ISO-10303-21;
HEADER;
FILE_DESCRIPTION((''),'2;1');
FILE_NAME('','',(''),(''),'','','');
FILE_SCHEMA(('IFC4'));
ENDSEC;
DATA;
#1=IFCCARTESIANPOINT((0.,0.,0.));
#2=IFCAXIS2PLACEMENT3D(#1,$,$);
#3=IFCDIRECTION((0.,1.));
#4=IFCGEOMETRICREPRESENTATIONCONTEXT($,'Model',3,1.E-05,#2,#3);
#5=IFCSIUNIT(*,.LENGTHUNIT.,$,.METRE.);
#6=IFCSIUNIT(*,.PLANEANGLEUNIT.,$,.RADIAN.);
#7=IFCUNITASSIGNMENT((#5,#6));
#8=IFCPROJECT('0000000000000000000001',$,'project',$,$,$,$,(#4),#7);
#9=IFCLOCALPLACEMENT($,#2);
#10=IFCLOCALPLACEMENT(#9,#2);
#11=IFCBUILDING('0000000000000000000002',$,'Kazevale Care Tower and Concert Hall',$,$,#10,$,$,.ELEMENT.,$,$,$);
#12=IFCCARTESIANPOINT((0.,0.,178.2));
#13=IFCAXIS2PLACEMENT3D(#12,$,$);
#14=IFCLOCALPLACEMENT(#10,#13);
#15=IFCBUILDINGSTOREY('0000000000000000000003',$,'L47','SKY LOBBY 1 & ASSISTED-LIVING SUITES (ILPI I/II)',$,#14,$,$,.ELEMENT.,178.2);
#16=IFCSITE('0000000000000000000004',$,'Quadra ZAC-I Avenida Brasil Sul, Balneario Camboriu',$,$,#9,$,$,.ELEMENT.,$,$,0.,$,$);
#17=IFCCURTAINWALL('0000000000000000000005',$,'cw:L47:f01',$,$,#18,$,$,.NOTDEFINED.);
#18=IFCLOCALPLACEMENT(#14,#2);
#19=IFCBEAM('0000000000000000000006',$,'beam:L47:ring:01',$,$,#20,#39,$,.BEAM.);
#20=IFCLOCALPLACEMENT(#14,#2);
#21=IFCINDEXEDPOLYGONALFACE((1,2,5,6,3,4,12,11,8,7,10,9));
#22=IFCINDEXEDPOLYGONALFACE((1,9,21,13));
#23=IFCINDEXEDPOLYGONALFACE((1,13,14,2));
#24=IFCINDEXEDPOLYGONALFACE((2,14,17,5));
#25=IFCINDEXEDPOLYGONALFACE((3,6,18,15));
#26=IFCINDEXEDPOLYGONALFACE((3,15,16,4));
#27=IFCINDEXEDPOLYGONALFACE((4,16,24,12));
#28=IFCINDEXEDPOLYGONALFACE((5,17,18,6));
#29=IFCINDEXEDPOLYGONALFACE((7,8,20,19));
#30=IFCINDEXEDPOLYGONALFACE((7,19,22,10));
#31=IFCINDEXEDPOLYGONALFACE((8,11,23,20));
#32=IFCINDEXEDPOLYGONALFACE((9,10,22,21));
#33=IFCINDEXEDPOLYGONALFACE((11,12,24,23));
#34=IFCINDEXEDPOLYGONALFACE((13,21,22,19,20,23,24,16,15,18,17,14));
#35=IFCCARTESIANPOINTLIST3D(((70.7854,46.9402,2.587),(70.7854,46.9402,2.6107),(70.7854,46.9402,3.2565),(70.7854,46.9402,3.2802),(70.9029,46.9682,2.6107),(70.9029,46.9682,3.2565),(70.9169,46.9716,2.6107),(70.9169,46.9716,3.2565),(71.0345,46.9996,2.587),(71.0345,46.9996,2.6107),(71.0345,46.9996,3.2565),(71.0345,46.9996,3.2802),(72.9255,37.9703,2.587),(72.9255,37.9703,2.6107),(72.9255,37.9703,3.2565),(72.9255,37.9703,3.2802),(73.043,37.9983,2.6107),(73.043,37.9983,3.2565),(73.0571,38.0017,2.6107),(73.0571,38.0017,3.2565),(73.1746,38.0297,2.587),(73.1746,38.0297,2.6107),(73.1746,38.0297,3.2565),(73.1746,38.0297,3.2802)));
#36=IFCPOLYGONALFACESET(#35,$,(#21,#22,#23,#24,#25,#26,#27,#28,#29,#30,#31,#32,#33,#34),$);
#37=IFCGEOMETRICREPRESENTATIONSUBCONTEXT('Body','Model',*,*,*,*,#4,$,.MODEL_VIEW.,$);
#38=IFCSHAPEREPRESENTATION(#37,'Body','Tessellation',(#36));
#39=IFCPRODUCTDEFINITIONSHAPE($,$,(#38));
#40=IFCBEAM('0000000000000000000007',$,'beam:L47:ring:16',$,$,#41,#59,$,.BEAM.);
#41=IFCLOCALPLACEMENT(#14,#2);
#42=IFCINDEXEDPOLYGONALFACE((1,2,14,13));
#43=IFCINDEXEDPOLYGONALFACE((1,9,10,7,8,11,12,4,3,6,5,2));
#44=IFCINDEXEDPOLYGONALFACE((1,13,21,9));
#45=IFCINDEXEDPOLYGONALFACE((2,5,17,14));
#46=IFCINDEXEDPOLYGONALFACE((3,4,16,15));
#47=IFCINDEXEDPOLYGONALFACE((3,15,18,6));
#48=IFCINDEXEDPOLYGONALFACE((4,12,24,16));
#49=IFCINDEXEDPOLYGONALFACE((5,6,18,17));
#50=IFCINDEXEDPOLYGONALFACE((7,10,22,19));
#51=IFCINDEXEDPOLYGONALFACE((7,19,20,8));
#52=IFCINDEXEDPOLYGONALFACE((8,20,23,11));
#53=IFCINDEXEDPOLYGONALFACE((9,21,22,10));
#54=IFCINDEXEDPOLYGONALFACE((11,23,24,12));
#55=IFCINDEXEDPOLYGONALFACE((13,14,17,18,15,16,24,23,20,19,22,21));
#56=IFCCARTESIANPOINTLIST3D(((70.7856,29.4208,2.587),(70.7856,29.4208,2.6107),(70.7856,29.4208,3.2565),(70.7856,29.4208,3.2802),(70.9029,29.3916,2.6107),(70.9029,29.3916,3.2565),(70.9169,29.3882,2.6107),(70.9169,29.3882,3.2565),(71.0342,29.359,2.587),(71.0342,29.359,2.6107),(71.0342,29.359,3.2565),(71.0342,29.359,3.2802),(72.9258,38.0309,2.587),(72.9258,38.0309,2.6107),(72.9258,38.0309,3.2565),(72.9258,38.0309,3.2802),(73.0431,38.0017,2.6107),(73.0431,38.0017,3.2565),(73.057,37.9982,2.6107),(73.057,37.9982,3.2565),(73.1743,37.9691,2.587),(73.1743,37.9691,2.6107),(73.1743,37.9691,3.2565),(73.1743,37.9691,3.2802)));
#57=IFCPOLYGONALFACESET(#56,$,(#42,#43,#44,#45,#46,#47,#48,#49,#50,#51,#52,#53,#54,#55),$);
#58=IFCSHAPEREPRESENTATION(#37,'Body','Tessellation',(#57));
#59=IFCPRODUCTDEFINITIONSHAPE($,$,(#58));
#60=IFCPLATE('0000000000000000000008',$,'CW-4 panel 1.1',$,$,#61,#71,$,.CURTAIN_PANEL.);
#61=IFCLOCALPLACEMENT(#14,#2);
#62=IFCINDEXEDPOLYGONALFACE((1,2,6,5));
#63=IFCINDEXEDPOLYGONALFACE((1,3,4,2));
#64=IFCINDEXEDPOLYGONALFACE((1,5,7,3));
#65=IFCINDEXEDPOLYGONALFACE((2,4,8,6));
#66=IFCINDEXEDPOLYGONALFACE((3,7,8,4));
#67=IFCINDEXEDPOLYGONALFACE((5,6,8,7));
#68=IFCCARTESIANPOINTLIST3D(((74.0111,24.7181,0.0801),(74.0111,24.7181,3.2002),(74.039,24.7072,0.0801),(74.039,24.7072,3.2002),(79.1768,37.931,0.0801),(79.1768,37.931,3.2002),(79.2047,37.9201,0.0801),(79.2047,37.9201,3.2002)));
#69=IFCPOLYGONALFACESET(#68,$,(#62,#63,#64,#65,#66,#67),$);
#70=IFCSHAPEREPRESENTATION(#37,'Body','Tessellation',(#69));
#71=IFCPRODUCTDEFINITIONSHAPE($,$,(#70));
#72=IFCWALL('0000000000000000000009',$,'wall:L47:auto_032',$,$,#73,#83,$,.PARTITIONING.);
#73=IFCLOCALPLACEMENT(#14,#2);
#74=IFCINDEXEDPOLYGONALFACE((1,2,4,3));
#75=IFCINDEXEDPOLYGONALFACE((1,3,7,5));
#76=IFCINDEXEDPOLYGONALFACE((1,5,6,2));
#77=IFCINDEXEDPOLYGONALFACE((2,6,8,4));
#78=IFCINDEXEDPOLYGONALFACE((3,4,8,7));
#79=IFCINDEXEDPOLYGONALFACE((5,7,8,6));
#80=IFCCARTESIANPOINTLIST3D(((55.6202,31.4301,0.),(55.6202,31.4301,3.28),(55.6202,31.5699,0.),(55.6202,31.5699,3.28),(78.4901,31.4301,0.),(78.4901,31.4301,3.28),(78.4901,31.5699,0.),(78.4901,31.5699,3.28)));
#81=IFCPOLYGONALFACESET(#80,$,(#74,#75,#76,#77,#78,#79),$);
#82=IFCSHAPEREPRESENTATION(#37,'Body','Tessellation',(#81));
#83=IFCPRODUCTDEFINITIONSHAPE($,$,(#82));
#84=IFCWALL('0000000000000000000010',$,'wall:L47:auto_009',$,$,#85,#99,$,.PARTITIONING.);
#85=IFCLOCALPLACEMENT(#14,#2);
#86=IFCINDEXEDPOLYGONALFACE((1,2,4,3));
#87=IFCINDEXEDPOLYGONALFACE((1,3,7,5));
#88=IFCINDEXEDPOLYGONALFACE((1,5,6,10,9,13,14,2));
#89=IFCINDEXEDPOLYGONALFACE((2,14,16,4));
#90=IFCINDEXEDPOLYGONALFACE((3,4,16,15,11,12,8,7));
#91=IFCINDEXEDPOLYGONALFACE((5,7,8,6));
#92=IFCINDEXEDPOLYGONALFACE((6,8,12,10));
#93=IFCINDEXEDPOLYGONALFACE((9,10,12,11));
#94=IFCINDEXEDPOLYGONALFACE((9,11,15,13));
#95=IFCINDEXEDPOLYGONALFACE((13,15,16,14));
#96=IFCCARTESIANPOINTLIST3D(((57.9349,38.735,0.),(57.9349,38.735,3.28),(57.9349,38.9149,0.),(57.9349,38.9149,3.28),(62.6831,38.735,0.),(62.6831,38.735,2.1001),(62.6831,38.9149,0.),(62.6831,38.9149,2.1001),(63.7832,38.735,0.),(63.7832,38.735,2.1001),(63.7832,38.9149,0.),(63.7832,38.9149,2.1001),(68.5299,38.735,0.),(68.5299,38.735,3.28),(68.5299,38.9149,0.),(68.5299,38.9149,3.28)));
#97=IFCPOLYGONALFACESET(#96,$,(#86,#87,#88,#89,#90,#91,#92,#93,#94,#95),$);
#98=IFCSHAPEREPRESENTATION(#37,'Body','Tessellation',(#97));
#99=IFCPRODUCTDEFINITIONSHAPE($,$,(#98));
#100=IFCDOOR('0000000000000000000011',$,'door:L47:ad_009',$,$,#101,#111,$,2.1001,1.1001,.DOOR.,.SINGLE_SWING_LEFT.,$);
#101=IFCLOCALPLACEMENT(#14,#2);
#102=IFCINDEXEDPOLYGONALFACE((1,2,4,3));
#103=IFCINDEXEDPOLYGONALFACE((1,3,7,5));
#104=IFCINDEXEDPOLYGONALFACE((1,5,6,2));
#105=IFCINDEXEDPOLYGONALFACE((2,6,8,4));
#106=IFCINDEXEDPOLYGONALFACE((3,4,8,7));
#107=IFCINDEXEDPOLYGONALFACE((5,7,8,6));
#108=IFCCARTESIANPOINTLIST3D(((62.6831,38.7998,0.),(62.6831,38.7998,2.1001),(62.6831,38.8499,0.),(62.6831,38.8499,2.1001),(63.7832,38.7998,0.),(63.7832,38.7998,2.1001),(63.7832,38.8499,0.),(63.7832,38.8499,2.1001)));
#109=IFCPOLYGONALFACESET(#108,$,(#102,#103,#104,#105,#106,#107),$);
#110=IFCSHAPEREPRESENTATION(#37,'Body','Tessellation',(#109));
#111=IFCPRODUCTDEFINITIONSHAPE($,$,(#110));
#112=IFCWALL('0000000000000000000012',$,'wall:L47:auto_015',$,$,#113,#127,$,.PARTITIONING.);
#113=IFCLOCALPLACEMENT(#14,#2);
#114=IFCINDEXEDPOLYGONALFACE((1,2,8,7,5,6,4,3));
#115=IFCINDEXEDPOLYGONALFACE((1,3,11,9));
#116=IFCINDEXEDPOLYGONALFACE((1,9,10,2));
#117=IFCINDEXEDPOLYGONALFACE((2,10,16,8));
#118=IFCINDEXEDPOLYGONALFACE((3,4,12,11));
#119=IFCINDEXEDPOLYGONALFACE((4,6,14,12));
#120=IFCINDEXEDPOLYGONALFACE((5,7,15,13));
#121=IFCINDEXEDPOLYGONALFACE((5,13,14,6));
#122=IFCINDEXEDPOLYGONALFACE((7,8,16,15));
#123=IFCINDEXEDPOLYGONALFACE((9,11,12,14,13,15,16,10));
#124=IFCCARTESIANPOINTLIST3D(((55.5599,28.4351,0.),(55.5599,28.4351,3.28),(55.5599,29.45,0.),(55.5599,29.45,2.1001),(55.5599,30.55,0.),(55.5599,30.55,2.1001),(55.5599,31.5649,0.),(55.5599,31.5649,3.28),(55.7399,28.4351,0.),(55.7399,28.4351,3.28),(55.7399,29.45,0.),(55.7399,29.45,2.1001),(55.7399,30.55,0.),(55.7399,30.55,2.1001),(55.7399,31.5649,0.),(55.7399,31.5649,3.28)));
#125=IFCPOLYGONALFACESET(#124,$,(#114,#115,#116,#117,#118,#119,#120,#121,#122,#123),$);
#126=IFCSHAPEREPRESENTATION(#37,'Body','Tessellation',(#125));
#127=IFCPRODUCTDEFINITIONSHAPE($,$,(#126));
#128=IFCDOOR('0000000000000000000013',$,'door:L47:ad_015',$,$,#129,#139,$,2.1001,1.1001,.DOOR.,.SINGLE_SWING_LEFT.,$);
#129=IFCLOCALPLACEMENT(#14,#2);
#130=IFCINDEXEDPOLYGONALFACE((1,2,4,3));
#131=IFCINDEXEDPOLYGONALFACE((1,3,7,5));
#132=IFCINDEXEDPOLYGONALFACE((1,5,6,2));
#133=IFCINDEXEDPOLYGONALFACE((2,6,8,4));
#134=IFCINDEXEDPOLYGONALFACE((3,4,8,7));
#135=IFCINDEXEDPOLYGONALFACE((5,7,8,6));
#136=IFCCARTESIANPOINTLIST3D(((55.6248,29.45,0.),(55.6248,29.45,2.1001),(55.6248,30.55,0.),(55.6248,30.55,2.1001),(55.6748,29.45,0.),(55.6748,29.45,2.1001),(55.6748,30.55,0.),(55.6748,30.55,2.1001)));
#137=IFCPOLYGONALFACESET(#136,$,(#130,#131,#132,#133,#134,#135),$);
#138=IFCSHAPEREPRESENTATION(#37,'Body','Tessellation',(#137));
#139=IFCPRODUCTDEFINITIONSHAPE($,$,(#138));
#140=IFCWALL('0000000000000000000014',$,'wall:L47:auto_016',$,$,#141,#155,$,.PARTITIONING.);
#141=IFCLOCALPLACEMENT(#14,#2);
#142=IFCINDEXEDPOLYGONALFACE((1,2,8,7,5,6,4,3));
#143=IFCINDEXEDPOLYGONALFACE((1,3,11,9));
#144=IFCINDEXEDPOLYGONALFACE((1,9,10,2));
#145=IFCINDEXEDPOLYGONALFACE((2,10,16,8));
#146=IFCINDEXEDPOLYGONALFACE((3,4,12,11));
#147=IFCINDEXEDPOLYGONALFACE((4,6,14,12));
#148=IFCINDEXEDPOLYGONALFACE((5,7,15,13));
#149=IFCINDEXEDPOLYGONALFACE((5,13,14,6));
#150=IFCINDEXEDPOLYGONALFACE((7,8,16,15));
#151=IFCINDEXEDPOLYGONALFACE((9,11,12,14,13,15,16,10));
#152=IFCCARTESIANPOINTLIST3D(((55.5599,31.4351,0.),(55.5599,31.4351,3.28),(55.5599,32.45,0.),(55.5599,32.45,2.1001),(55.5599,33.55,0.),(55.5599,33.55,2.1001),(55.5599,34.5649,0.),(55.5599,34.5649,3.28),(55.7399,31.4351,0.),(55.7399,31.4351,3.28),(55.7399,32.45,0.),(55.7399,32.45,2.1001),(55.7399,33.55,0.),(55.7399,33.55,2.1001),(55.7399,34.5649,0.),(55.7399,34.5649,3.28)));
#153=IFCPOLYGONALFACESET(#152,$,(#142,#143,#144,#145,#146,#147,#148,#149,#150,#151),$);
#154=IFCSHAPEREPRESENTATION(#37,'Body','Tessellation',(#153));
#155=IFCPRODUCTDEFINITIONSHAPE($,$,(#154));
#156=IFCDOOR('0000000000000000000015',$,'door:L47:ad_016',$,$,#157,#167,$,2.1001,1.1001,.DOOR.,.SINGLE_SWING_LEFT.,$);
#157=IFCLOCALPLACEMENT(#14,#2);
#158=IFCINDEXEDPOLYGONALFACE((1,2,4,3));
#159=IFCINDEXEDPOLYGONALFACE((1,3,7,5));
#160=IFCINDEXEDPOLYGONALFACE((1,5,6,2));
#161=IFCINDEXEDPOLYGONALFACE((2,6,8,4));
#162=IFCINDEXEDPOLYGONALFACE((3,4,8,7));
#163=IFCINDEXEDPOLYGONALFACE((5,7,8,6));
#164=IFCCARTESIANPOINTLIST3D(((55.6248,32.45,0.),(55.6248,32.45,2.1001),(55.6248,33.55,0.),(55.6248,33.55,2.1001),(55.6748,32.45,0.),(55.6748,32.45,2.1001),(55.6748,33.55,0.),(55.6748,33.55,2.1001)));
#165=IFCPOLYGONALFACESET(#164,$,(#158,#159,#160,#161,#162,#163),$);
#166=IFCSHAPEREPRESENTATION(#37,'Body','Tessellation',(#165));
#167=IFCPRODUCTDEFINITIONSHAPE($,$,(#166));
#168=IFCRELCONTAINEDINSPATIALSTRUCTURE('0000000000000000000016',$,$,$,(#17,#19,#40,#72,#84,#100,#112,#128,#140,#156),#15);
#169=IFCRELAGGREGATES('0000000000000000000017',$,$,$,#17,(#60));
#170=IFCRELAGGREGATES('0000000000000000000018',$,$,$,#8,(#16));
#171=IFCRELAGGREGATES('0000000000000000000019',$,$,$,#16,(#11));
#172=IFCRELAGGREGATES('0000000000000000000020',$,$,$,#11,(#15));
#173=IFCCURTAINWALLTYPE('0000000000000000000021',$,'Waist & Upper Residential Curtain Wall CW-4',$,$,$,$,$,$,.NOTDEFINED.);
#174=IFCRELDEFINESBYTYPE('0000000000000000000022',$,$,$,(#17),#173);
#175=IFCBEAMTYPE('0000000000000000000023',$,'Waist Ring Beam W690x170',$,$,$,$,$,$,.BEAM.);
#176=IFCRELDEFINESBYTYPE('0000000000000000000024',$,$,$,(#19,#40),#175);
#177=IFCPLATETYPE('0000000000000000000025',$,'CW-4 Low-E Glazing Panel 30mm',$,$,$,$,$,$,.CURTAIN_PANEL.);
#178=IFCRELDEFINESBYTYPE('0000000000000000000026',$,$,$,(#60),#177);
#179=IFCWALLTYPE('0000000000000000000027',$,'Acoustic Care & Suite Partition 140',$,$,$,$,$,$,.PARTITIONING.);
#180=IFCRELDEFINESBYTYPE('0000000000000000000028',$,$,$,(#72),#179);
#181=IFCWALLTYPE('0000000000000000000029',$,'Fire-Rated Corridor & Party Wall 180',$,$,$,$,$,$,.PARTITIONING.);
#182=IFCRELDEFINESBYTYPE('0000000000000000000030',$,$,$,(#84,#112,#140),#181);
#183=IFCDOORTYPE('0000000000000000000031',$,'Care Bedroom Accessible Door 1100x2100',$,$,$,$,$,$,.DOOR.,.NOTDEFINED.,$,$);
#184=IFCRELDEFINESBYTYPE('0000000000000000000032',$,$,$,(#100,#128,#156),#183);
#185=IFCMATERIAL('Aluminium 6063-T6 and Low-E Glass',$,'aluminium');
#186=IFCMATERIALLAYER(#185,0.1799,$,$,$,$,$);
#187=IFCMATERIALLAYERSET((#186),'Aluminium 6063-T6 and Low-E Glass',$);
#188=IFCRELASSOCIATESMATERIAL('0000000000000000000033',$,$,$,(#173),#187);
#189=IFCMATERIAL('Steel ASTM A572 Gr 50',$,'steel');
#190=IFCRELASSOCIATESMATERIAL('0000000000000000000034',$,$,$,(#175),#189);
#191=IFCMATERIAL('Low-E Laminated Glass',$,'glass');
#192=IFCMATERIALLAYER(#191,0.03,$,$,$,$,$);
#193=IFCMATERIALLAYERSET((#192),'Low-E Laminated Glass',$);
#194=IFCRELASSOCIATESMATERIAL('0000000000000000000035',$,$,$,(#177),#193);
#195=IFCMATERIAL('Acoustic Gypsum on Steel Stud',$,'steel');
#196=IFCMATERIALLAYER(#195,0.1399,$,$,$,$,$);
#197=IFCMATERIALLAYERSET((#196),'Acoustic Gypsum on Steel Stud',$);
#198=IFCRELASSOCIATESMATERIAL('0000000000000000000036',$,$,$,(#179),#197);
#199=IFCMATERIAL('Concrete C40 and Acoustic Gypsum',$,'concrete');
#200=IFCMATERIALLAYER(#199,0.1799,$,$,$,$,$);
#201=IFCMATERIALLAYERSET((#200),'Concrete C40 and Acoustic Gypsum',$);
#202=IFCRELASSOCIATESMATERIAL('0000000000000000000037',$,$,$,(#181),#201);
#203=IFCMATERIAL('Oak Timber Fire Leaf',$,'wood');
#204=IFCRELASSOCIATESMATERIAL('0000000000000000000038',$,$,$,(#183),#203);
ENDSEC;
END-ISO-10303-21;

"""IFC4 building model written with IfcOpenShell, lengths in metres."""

from ifc_helpers import new_model, si_unit, direction, frame, frame_2d, origin, origin_2d, place, context, subcontext, project, spatial, rectangle, i_section, extrude, material, layer, layer_set, material_profile, profile_set, type_object, element, fill, aggregate, save


model = new_model("IFC4")

# Units and contexts
model_context = context("Model", 3, precision=1e-05, world=origin(), true_north=direction((0.0, 1.0)))
body_context = subcontext(model_context, "Body", "Model", "MODEL_VIEW")
ifc_project = project(units=[si_unit("LENGTHUNIT", "METRE"), si_unit("PLANEANGLEUNIT", "RADIAN")], contexts=[model_context])

# Site, building, storey
site_placement = place(None, origin())
site = spatial("IfcSite", under=ifc_project, at=site_placement, Name="Quadra ZAC-I Avenida Brasil Sul, Balneario Camboriu", CompositionType="ELEMENT", RefElevation=0.0)
building_placement = place(site_placement, origin())
building = spatial("IfcBuilding", under=site, at=building_placement, Name="Kazevale Care Tower and Concert Hall", CompositionType="ELEMENT")
storey_placement = place(building_placement, frame((0.0, 0.0, 178.2)))
storey = spatial("IfcBuildingStorey", under=building, at=storey_placement, Name="L47", Description="SKY LOBBY 1 & ASSISTED-LIVING SUITES (ILPI I/II)", CompositionType="ELEMENT", Elevation=178.2)

# Curtain wall
ifc_material_1 = material(Name="Aluminium 6063-T6 and Low-E Glass", Category="aluminium")
ifc_layer_1 = layer(ifc_material_1, 0.1799)
ifc_layer_set_1 = layer_set([ifc_layer_1], Name="Aluminium 6063-T6 and Low-E Glass")
curtain_wall_type = type_object("IfcCurtainWallType", Name="Waist & Upper Residential Curtain Wall CW-4", PredefinedType="NOTDEFINED", material=ifc_layer_set_1)
curtain_wall_1_placement = place(storey_placement, origin())
curtain_wall_1 = element("IfcCurtainWall", 1, at=curtain_wall_1_placement, inside=storey, type_object=curtain_wall_type, Name="cw:L47:f01", PredefinedType="NOTDEFINED")

# Beams
ifc_material_2 = material(Name="Steel ASTM A572 Gr 50", Category="steel")
ifc_material_profile_1 = material_profile(ifc_material_2, i_section(OverallWidth=0.2561, OverallDepth=0.6931, WebThickness=0.0144, FlangeThickness=0.0237, at=origin_2d()), Name="W690x170")
ifc_profile_set_1 = profile_set([ifc_material_profile_1], Name="Steel ASTM A572 Gr 50")
beam_type_1 = type_object("IfcBeamType", Name="Waist Ring Beam W690x170", PredefinedType="BEAM", material=ifc_profile_set_1)
beam_1_placement = place(storey_placement, frame((73.05, 38.0, 2.9336), z_axis=(-0.232075, 0.972698, 0.0), x_axis=(-0.972698, -0.232075, 0.0)))
element("IfcBeam", 2, at=beam_1_placement, inside=storey, type_object=beam_type_1, Name="beam:L47:ring:01", PredefinedType="BEAM", context=body_context, shape_type="SweptSolid", body=[
    extrude(i_section(OverallWidth=0.2561, OverallDepth=0.6931, WebThickness=0.0144, FlangeThickness=0.0237, at=origin_2d()), origin(), (0.0, 0.0, 1.0), 9.2217),
])
beam_2_placement = place(storey_placement, frame((70.9099, 29.3899, 2.9336), z_axis=(0.241221, 0.97047, 0.0), x_axis=(-0.97047, 0.241221, 0.0)))
element("IfcBeam", 3, at=beam_2_placement, inside=storey, type_object=beam_type_1, Name="beam:L47:ring:16", PredefinedType="BEAM", context=body_context, shape_type="SweptSolid", body=[
    extrude(i_section(OverallWidth=0.2561, OverallDepth=0.6931, WebThickness=0.0144, FlangeThickness=0.0237, at=origin_2d()), origin(), (0.0, 0.0, 1.0), 8.8721),
])

# Plate
ifc_material_3 = material(Name="Low-E Laminated Glass", Category="glass")
ifc_layer_2 = layer(ifc_material_3, 0.03)
ifc_layer_set_2 = layer_set([ifc_layer_2], Name="Low-E Laminated Glass")
plate_type = type_object("IfcPlateType", Name="CW-4 Low-E Glazing Panel 30mm", PredefinedType="CURTAIN_PANEL", material=ifc_layer_set_2)
plate_placement = place(storey_placement, frame((76.6079, 31.3191, 0.0801), z_axis=(0.0, 0.0, 1.0), x_axis=(-0.364121, -0.931352, 0.0)))
plate = element("IfcPlate", 4, at=plate_placement, type_object=plate_type, Name="CW-4 panel 1.1", PredefinedType="CURTAIN_PANEL", context=body_context, shape_type="SweptSolid", body=[
    extrude(rectangle(XDim=14.1868, YDim=0.03, at=origin_2d()), origin(), (0.0, 0.0, 1.0), 3.1201),
])
aggregate(curtain_wall_1, [plate])

# Wall
ifc_material_4 = material(Name="Acoustic Gypsum on Steel Stud", Category="steel")
ifc_layer_3 = layer(ifc_material_4, 0.1399)
ifc_layer_set_3 = layer_set([ifc_layer_3], Name="Acoustic Gypsum on Steel Stud")
wall_type_1 = type_object("IfcWallType", Name="Acoustic Care & Suite Partition 140", PredefinedType="PARTITIONING", material=ifc_layer_set_3)
wall_1_placement = place(storey_placement, frame((55.6201, 31.5, 0.0), z_axis=(0.0, 0.0, 1.0), x_axis=(1.0, 0.0, 0.0)))
element("IfcWall", 5, at=wall_1_placement, inside=storey, type_object=wall_type_1, Name="wall:L47:auto_032", PredefinedType="PARTITIONING", context=body_context, shape_type="SweptSolid", body=[
    extrude(rectangle(XDim=22.8699, YDim=0.1399, at=frame_2d((11.4351, 0.0))), origin(), (0.0, 0.0, 1.0), 3.28),
])

# Walls, openings, doors
ifc_material_5 = material(Name="Concrete C40 and Acoustic Gypsum", Category="concrete")
ifc_layer_4 = layer(ifc_material_5, 0.1799)
ifc_layer_set_4 = layer_set([ifc_layer_4], Name="Concrete C40 and Acoustic Gypsum")
wall_type_2 = type_object("IfcWallType", Name="Fire-Rated Corridor & Party Wall 180", PredefinedType="PARTITIONING", material=ifc_layer_set_4)
wall_2_placement = place(storey_placement, frame((57.9351, 38.825, 0.0), z_axis=(0.0, 0.0, 1.0), x_axis=(1.0, 0.0, 0.0)))
wall_2 = element("IfcWall", 6, at=wall_2_placement, inside=storey, type_object=wall_type_2, Name="wall:L47:auto_009", PredefinedType="PARTITIONING", context=body_context, shape_type="SweptSolid", body=[
    extrude(rectangle(XDim=10.595, YDim=0.1799, at=frame_2d((5.2974, 0.0))), origin(), (0.0, 0.0, 1.0), 3.28),
])
opening_1_placement = place(wall_2_placement, frame((4.748, 0.0, 0.0)))
opening_1 = element("IfcOpeningElement", 7, at=opening_1_placement, cuts=wall_2, PredefinedType="OPENING", context=body_context, shape_type="SweptSolid", body=[
    extrude(rectangle(XDim=1.1001, YDim=2.1001, at=frame_2d((0.55, 1.05))), frame((0.0, 0.0999, 0.0), z_axis=(0.0, -1.0, 0.0), x_axis=(1.0, 0.0, 0.0)), (0.0, 0.0, 1.0), 0.2),
])
ifc_material_6 = material(Name="Oak Timber Fire Leaf", Category="wood")
door_type = type_object("IfcDoorType", Name="Care Bedroom Accessible Door 1100x2100", OperationType="NOTDEFINED", PredefinedType="DOOR", material=ifc_material_6)
door_1_placement = place(opening_1_placement, origin())
door_1 = element("IfcDoor", 8, at=door_1_placement, inside=storey, type_object=door_type, Name="door:L47:ad_009", OperationType="SINGLE_SWING_LEFT", OverallHeight=2.1001, OverallWidth=1.1001, PredefinedType="DOOR", context=body_context, shape_type="SweptSolid", body=[
    extrude(rectangle(XDim=1.1001, YDim=2.1001, at=frame_2d((0.55, 1.05))), frame((0.0, 0.0249, 0.0), z_axis=(0.0, -1.0, 0.0), x_axis=(1.0, 0.0, 0.0)), (0.0, 0.0, 1.0), 0.05),
])
fill(opening_1, door_1)
wall_3_placement = place(storey_placement, frame((55.6499, 31.5649, 0.0), z_axis=(0.0, 0.0, 1.0), x_axis=(0.0, -1.0, 0.0)))
wall_3 = element("IfcWall", 9, at=wall_3_placement, inside=storey, type_object=wall_type_2, Name="wall:L47:auto_015", PredefinedType="PARTITIONING", context=body_context, shape_type="SweptSolid", body=[
    extrude(rectangle(XDim=3.1299, YDim=0.1799, at=frame_2d((1.5649, 0.0))), origin(), (0.0, 0.0, 1.0), 3.28),
])
opening_2_placement = place(wall_3_placement, frame((1.0149, 0.0, 0.0)))
opening_2 = element("IfcOpeningElement", 10, at=opening_2_placement, cuts=wall_3, PredefinedType="OPENING", context=body_context, shape_type="SweptSolid", body=[
    extrude(rectangle(XDim=1.1001, YDim=2.1001, at=frame_2d((0.55, 1.05))), frame((0.0, 0.0999, 0.0), z_axis=(0.0, -1.0, 0.0), x_axis=(1.0, 0.0, 0.0)), (0.0, 0.0, 1.0), 0.2),
])
door_2_placement = place(opening_2_placement, origin())
door_2 = element("IfcDoor", 11, at=door_2_placement, inside=storey, type_object=door_type, Name="door:L47:ad_015", OperationType="SINGLE_SWING_LEFT", OverallHeight=2.1001, OverallWidth=1.1001, PredefinedType="DOOR", context=body_context, shape_type="SweptSolid", body=[
    extrude(rectangle(XDim=1.1001, YDim=2.1001, at=frame_2d((0.55, 1.05))), frame((0.0, 0.0249, 0.0), z_axis=(0.0, -1.0, 0.0), x_axis=(1.0, 0.0, 0.0)), (0.0, 0.0, 1.0), 0.05),
])
fill(opening_2, door_2)
wall_4_placement = place(storey_placement, frame((55.6499, 34.5649, 0.0), z_axis=(0.0, 0.0, 1.0), x_axis=(0.0, -1.0, 0.0)))
wall_4 = element("IfcWall", 12, at=wall_4_placement, inside=storey, type_object=wall_type_2, Name="wall:L47:auto_016", PredefinedType="PARTITIONING", context=body_context, shape_type="SweptSolid", body=[
    extrude(rectangle(XDim=3.1299, YDim=0.1799, at=frame_2d((1.5649, 0.0))), origin(), (0.0, 0.0, 1.0), 3.28),
])
opening_3_placement = place(wall_4_placement, frame((1.0149, 0.0, 0.0)))
opening_3 = element("IfcOpeningElement", 13, at=opening_3_placement, cuts=wall_4, PredefinedType="OPENING", context=body_context, shape_type="SweptSolid", body=[
    extrude(rectangle(XDim=1.1001, YDim=2.1001, at=frame_2d((0.55, 1.05))), frame((0.0, 0.0999, 0.0), z_axis=(0.0, -1.0, 0.0), x_axis=(1.0, 0.0, 0.0)), (0.0, 0.0, 1.0), 0.2),
])
door_3_placement = place(opening_3_placement, origin())
door_3 = element("IfcDoor", 14, at=door_3_placement, inside=storey, type_object=door_type, Name="door:L47:ad_016", OperationType="SINGLE_SWING_LEFT", OverallHeight=2.1001, OverallWidth=1.1001, PredefinedType="DOOR", context=body_context, shape_type="SweptSolid", body=[
    extrude(rectangle(XDim=1.1001, YDim=2.1001, at=frame_2d((0.55, 1.05))), frame((0.0, 0.0249, 0.0), z_axis=(0.0, -1.0, 0.0), x_axis=(1.0, 0.0, 0.0)), (0.0, 0.0, 1.0), 0.05),
])
fill(opening_3, door_3)

save(model, "model.ifc")
